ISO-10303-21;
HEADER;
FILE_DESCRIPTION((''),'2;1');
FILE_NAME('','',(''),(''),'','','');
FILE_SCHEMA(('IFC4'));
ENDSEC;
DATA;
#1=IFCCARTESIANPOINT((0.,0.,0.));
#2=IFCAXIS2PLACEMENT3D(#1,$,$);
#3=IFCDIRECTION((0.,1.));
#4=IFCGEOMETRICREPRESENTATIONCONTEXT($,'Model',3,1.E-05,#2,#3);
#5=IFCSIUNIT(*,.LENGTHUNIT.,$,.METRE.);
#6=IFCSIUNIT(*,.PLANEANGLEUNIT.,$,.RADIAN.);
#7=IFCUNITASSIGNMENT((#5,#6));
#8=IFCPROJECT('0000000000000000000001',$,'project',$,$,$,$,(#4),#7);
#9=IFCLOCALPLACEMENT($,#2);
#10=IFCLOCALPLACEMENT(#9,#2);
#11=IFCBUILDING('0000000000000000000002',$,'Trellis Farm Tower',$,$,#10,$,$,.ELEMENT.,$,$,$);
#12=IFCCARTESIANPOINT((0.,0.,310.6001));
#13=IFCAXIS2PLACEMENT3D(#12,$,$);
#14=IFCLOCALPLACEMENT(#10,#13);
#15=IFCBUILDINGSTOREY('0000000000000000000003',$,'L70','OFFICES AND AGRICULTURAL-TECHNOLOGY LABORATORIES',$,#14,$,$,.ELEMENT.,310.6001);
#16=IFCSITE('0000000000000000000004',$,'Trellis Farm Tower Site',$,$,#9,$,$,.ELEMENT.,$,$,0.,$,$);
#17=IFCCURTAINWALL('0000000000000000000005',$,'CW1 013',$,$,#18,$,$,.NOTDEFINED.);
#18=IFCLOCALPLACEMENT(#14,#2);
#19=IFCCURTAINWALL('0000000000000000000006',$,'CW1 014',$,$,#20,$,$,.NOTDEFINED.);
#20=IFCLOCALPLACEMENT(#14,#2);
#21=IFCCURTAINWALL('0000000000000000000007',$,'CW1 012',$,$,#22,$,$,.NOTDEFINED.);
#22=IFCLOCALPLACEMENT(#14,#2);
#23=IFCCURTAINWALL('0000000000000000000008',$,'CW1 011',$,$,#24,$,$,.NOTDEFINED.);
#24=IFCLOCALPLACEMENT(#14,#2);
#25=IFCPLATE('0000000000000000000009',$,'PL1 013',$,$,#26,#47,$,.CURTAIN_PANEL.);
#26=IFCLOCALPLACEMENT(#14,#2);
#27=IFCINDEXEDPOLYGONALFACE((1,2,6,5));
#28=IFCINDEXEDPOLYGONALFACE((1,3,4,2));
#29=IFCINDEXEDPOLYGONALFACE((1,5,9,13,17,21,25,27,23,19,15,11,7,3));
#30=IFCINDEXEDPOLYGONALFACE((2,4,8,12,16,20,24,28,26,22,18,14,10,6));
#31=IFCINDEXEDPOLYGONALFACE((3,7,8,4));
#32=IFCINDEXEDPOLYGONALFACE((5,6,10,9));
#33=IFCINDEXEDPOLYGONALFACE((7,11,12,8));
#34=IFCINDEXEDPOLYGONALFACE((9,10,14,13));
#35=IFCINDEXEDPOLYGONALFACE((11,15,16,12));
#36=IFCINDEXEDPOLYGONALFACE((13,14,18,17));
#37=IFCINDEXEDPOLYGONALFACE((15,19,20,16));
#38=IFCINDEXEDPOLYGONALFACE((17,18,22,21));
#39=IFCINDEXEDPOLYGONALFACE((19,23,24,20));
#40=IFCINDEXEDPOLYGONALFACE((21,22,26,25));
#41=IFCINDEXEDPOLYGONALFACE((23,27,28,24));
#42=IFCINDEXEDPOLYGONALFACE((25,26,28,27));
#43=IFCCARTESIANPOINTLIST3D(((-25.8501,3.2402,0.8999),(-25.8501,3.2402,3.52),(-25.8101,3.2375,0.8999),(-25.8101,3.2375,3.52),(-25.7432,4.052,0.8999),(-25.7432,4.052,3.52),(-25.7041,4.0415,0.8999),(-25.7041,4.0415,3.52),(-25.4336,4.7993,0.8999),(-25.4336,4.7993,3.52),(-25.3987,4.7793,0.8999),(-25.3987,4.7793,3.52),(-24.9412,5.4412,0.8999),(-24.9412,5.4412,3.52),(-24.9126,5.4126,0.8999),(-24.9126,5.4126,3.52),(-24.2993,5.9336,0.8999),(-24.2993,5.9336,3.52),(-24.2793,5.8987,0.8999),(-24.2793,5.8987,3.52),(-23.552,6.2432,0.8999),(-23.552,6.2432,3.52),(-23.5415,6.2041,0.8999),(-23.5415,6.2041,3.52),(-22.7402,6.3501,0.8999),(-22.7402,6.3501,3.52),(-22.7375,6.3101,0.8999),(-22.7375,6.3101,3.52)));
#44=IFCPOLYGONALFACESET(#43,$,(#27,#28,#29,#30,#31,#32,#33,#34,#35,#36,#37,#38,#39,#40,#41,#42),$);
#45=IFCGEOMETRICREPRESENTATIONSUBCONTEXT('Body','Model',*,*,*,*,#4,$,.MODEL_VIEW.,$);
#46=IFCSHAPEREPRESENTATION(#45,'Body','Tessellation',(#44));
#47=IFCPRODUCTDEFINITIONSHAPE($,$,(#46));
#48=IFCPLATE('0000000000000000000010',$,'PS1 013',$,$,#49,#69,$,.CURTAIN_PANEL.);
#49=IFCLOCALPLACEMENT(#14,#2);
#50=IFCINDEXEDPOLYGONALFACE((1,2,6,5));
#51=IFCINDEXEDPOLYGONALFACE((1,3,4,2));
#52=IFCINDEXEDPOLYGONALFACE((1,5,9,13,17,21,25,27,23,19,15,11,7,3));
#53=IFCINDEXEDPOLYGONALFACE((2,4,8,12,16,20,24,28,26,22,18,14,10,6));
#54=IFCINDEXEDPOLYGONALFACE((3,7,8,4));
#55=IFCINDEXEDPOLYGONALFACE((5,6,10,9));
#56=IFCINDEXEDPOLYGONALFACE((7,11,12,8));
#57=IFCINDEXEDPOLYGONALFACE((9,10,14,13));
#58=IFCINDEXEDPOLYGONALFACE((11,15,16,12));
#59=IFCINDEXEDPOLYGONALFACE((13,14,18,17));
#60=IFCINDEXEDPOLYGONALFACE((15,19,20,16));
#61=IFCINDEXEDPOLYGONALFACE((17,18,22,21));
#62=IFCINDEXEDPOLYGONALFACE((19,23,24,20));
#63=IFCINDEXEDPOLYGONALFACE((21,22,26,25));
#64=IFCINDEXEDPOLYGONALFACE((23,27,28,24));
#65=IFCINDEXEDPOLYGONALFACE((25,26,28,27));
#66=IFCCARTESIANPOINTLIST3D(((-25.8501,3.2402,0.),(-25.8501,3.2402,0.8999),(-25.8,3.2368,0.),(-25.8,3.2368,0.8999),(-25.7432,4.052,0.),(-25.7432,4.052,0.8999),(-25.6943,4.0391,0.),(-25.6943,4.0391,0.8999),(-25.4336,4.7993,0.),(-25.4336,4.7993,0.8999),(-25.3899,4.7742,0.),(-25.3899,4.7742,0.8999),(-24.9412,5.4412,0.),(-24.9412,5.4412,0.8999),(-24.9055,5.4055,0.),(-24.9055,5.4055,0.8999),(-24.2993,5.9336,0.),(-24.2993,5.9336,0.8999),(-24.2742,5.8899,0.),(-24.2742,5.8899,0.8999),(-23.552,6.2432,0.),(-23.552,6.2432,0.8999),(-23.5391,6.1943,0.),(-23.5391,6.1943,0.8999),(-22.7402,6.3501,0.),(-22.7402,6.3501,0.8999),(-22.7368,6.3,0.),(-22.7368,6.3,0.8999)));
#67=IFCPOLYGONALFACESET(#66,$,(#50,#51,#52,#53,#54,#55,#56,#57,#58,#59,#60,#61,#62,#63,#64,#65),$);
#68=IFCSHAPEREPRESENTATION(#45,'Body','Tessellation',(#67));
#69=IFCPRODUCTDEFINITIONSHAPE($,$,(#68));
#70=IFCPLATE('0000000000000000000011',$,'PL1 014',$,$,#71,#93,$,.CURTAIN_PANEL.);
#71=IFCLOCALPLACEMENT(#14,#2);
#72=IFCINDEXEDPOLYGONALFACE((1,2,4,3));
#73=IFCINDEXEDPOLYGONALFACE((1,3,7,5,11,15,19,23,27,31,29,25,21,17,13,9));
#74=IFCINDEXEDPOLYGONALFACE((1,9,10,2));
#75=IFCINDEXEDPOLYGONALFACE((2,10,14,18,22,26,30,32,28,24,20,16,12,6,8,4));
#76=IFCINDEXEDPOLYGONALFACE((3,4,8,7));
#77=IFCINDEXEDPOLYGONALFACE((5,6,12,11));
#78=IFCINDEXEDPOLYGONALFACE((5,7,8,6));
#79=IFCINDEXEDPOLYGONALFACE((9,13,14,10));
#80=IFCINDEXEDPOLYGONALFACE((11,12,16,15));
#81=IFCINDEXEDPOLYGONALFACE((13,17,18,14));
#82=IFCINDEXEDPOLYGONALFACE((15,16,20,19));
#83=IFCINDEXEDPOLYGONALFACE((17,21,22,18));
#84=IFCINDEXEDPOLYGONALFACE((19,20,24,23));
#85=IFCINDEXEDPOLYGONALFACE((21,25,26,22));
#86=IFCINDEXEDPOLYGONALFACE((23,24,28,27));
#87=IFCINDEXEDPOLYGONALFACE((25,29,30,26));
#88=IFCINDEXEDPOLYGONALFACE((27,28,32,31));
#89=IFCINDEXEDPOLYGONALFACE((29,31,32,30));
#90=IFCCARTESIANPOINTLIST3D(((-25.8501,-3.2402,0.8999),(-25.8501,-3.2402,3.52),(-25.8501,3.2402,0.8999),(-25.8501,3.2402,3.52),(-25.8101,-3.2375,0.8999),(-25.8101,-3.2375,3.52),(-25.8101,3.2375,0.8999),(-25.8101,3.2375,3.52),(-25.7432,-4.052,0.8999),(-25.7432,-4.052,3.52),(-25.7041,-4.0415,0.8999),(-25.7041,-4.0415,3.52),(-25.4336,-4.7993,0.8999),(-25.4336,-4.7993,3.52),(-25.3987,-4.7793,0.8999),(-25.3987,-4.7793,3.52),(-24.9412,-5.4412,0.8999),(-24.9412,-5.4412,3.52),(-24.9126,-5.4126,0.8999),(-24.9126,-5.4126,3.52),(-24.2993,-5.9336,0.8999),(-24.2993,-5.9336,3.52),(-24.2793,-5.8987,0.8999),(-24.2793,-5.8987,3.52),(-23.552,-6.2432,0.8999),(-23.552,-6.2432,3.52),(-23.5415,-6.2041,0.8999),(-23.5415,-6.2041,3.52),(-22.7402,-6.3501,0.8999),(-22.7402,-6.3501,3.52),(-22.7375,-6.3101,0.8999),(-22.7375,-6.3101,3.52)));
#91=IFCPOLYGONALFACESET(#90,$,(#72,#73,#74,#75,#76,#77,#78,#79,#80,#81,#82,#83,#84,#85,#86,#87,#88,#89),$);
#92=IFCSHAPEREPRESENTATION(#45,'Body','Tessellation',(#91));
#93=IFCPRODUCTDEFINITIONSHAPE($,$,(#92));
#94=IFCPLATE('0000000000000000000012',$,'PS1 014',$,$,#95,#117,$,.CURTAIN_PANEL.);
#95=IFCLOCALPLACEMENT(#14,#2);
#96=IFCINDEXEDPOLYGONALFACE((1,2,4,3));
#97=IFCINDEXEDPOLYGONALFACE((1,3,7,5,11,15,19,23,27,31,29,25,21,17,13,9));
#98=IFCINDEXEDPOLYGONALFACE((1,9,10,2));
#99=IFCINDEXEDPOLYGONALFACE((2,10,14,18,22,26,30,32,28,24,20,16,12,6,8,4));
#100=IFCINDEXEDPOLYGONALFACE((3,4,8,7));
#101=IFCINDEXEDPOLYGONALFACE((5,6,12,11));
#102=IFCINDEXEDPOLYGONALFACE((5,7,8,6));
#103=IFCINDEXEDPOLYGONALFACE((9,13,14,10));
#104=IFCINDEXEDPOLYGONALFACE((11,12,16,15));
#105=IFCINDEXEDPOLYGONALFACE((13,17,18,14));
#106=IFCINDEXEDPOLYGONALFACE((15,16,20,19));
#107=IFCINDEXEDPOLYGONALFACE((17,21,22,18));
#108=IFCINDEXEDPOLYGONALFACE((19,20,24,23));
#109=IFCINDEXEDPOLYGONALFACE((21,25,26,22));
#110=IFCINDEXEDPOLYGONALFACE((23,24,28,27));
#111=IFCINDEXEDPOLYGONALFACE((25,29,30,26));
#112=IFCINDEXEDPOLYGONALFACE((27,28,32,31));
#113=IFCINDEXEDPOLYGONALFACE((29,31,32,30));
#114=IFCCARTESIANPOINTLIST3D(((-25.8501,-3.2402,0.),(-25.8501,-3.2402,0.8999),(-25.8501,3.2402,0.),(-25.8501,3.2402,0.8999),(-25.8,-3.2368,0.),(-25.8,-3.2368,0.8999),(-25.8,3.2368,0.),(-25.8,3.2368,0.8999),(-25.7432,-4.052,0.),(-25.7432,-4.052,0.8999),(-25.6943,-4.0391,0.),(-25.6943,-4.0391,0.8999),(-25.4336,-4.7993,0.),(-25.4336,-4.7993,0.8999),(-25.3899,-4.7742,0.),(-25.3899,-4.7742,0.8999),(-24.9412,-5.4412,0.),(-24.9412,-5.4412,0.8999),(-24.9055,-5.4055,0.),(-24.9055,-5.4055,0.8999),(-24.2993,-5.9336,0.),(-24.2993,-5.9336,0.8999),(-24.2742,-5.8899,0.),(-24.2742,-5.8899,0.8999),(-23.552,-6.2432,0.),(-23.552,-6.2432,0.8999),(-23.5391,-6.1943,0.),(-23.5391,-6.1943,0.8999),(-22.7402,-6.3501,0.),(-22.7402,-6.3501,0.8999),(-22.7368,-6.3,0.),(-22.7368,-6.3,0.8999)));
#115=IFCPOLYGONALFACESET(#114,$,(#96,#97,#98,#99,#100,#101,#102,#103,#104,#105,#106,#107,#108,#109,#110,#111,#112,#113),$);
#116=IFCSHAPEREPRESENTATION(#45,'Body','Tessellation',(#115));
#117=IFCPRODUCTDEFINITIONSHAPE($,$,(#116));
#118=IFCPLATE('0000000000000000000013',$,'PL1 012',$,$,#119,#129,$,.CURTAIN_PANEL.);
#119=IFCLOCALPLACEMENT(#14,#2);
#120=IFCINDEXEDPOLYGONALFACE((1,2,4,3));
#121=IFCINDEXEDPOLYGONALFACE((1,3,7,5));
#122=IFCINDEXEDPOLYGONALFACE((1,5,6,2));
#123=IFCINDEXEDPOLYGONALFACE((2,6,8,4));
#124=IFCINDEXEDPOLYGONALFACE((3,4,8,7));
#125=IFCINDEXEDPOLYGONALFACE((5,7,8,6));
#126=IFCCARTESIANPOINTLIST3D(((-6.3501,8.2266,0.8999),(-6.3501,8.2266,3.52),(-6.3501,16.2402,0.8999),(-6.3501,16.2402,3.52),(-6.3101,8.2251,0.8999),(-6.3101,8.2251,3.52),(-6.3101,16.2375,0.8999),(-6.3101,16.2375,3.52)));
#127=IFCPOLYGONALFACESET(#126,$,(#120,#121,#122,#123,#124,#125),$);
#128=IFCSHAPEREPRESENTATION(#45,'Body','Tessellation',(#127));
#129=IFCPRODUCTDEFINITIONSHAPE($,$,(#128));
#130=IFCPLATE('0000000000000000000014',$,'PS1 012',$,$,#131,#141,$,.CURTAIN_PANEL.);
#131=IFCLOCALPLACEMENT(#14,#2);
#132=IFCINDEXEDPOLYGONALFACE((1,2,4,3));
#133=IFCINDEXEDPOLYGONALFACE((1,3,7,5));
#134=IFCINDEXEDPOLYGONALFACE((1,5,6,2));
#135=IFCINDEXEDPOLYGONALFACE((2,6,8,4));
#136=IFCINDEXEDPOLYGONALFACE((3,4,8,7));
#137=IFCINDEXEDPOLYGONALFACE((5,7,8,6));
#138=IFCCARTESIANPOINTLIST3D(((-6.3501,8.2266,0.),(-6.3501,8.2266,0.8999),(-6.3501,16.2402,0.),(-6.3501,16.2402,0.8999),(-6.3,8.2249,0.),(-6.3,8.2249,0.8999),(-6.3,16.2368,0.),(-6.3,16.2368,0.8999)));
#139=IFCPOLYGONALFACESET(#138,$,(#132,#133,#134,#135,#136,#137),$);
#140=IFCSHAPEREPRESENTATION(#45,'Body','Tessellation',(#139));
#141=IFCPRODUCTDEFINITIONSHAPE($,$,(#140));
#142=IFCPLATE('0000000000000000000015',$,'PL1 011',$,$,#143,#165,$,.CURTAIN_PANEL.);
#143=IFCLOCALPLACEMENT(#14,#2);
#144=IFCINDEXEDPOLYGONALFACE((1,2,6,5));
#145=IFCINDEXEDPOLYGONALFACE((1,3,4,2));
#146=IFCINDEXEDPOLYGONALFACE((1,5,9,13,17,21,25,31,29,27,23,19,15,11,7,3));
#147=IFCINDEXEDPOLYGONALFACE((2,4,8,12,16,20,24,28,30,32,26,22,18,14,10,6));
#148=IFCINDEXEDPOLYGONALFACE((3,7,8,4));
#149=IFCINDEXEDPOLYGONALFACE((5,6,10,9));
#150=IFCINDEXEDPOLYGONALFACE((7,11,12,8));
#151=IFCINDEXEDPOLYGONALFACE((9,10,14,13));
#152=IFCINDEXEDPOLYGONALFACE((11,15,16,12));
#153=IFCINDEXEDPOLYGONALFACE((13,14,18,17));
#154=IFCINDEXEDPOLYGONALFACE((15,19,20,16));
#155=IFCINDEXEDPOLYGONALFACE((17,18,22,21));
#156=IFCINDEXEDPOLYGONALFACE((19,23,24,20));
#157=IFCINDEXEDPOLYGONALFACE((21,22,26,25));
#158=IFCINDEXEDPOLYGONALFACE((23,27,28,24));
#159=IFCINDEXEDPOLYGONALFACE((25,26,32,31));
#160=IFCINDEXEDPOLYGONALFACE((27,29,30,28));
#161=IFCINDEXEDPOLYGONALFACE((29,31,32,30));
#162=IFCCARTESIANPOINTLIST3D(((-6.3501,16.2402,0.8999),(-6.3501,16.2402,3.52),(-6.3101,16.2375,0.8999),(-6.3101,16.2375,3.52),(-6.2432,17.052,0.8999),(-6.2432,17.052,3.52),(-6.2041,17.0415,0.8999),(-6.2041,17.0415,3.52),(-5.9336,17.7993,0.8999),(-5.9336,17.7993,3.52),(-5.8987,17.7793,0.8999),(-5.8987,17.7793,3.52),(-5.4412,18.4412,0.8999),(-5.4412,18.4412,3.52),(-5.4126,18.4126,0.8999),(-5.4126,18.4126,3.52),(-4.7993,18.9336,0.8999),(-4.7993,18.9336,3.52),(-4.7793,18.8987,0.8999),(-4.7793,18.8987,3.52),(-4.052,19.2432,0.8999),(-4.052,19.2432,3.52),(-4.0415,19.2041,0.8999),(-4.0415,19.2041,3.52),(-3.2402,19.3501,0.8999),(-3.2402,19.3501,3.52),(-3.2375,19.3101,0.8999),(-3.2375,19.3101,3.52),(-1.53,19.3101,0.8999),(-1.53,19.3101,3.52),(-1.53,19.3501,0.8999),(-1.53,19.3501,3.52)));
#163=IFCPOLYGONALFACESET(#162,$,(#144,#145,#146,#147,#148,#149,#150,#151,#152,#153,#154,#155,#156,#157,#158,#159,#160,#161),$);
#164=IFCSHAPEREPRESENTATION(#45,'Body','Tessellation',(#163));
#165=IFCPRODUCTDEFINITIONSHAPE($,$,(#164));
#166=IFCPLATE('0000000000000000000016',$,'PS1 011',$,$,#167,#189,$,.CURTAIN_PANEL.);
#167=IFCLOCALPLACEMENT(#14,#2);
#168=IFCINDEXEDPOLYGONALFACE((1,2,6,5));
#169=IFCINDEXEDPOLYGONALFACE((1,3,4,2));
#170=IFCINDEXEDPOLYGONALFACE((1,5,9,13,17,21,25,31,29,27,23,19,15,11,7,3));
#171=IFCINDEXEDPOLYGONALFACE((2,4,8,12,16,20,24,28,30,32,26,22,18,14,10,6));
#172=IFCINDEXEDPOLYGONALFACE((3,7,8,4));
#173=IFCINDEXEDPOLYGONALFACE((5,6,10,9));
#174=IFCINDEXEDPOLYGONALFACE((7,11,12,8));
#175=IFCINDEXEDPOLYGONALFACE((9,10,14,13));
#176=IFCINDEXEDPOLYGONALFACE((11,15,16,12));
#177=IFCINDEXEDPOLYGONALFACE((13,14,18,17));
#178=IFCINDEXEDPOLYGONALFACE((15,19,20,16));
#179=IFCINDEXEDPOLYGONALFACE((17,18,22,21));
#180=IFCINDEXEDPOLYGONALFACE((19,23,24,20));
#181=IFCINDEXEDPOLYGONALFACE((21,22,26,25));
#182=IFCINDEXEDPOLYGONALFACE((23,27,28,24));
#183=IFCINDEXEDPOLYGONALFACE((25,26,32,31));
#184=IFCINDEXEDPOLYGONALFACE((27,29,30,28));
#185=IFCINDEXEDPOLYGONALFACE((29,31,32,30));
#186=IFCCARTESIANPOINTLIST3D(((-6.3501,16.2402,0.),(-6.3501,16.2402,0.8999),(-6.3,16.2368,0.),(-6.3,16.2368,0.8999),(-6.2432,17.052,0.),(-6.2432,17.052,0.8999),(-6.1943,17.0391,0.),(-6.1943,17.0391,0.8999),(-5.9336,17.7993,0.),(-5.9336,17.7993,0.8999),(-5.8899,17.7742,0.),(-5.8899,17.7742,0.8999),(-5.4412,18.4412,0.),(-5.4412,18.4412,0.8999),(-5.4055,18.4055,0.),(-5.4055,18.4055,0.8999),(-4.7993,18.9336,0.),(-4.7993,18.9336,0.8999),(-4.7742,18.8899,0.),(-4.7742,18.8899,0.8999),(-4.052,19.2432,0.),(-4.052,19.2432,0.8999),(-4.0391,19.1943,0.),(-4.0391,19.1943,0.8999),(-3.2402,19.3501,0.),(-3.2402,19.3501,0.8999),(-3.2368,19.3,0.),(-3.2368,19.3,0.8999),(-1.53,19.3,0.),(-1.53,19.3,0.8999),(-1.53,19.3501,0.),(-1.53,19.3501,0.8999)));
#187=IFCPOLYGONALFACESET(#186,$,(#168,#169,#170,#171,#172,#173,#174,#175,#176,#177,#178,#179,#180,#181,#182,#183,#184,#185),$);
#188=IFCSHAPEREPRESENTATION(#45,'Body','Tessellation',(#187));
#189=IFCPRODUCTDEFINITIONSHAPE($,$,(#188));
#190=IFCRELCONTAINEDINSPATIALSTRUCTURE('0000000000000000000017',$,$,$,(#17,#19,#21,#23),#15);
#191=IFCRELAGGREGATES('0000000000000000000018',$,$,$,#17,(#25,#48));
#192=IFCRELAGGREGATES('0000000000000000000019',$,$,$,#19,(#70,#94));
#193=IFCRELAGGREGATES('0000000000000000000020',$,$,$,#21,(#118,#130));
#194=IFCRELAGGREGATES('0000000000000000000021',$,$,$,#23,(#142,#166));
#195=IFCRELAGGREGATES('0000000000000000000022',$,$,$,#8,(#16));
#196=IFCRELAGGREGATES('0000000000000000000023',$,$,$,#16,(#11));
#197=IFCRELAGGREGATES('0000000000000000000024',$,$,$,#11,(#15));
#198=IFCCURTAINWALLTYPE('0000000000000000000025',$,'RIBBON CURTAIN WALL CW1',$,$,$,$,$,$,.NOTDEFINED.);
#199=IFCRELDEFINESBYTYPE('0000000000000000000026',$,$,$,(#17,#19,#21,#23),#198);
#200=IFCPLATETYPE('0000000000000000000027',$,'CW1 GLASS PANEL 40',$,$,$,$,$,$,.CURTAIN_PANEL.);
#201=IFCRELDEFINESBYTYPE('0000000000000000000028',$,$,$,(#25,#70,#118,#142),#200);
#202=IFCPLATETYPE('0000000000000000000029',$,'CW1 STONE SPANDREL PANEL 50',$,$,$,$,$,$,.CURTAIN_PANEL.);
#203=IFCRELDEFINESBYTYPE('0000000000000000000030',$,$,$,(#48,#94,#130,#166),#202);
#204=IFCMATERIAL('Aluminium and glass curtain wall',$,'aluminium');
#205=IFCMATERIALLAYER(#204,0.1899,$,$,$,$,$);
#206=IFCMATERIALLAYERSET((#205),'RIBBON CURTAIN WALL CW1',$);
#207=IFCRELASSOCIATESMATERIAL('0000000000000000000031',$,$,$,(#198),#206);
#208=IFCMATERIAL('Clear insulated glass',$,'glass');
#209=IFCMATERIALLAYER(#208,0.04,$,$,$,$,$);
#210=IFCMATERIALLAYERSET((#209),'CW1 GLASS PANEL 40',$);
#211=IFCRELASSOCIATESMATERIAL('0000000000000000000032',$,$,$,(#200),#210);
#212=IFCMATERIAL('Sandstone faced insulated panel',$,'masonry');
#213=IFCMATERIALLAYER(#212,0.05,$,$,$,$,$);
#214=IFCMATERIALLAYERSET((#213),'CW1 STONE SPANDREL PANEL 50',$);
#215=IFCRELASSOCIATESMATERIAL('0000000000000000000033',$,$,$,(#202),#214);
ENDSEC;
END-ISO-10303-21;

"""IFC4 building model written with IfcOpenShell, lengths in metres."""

from ifc_helpers import new_model, si_unit, direction, frame, origin, place, context, subcontext, project, spatial, polyline, outline, extrude, source, transform, mapped, material, layer, layer_set, type_object, element, aggregate, save


model = new_model("IFC4")

# Units and contexts
model_context = context("Model", 3, precision=1e-05, world=origin(), true_north=direction((0.0, 1.0)))
body_context = subcontext(model_context, "Body", "Model", "MODEL_VIEW")
ifc_project = project(units=[si_unit("LENGTHUNIT", "METRE"), si_unit("PLANEANGLEUNIT", "RADIAN")], contexts=[model_context])

# Site, building, storey
site_placement = place(None, origin())
site = spatial("IfcSite", under=ifc_project, at=site_placement, Name="Trellis Farm Tower Site", CompositionType="ELEMENT", RefElevation=0.0)
building_placement = place(site_placement, origin())
building = spatial("IfcBuilding", under=site, at=building_placement, Name="Trellis Farm Tower", CompositionType="ELEMENT")
storey_placement = place(building_placement, frame((0.0, 0.0, 310.6001)))
storey = spatial("IfcBuildingStorey", under=building, at=storey_placement, Name="L70", Description="OFFICES AND AGRICULTURAL-TECHNOLOGY LABORATORIES", CompositionType="ELEMENT", Elevation=310.6001)

# Curtain walls
ifc_material_1 = material(Name="Aluminium and glass curtain wall", Category="aluminium")
placement_1 = place(storey_placement, origin())
ifc_layer_1 = layer(ifc_material_1, 0.1899)
ifc_layer_set_1 = layer_set([ifc_layer_1], Name="RIBBON CURTAIN WALL CW1")
curtain_wall_type_1 = type_object("IfcCurtainWallType", Name="RIBBON CURTAIN WALL CW1", PredefinedType="NOTDEFINED", material=ifc_layer_set_1)
curtain_wall_1 = element("IfcCurtainWall", 1, at=placement_1, inside=storey, type_object=curtain_wall_type_1, Name="CW1 013", PredefinedType="NOTDEFINED")
curtain_wall_2 = element("IfcCurtainWall", 2, at=placement_1, inside=storey, type_object=curtain_wall_type_1, Name="CW1 014", PredefinedType="NOTDEFINED")
curtain_wall_3 = element("IfcCurtainWall", 3, at=placement_1, inside=storey, type_object=curtain_wall_type_1, Name="CW1 012", PredefinedType="NOTDEFINED")
curtain_wall_4 = element("IfcCurtainWall", 4, at=placement_1, inside=storey, type_object=curtain_wall_type_1, Name="CW1 011", PredefinedType="NOTDEFINED")

# Plates
ifc_material_2 = material(Name="Clear insulated glass", Category="glass")
ifc_layer_2 = layer(ifc_material_2, 0.04)
ifc_layer_set_2 = layer_set([ifc_layer_2], Name="CW1 GLASS PANEL 40")
plate_type_1 = type_object("IfcPlateType", Name="CW1 GLASS PANEL 40", PredefinedType="CURTAIN_PANEL", material=ifc_layer_set_2)
shared_shape_1 = source(origin(), body_context, "Body", "SweptSolid", [
    extrude(outline(polyline([(-22.7402, 6.3501), (-23.552, 6.2432), (-24.2993, 5.9336), (-24.9412, 5.4412), (-25.4336, 4.7993), (-25.7432, 4.052), (-25.8501, 3.2402), (-25.8101, 3.2375), (-25.7041, 4.0415), (-25.3987, 4.7793), (-24.9126, 5.4126), (-24.2793, 5.8987), (-23.5415, 6.2041), (-22.7375, 6.3101), (-22.7402, 6.3501)])), origin(), (0.0, 0.0, 1.0), 2.6201),
])
placement_2 = place(storey_placement, frame((0.0, 0.0, 0.8999)))
plate_1 = element("IfcPlate", 5, at=placement_2, type_object=plate_type_1, Name="PL1 013", PredefinedType="CURTAIN_PANEL", context=body_context, shape_type="MappedRepresentation", body=[
    mapped(shared_shape_1, transform((0.0, 0.0, 0.0))),
])
ifc_material_3 = material(Name="Sandstone faced insulated panel", Category="masonry")
ifc_layer_3 = layer(ifc_material_3, 0.05)
ifc_layer_set_3 = layer_set([ifc_layer_3], Name="CW1 STONE SPANDREL PANEL 50")
plate_type_2 = type_object("IfcPlateType", Name="CW1 STONE SPANDREL PANEL 50", PredefinedType="CURTAIN_PANEL", material=ifc_layer_set_3)
shared_shape_2 = source(origin(), body_context, "Body", "SweptSolid", [
    extrude(outline(polyline([(-22.7402, 6.3501), (-23.552, 6.2432), (-24.2993, 5.9336), (-24.9412, 5.4412), (-25.4336, 4.7993), (-25.7432, 4.052), (-25.8501, 3.2402), (-25.8, 3.2368), (-25.6943, 4.0391), (-25.3899, 4.7742), (-24.9055, 5.4055), (-24.2742, 5.8899), (-23.5391, 6.1943), (-22.7368, 6.3), (-22.7402, 6.3501)])), origin(), (0.0, 0.0, 1.0), 0.8999),
])
plate_2 = element("IfcPlate", 6, at=placement_1, type_object=plate_type_2, Name="PS1 013", PredefinedType="CURTAIN_PANEL", context=body_context, shape_type="MappedRepresentation", body=[
    mapped(shared_shape_2, transform((0.0, 0.0, 0.0))),
])
aggregate(curtain_wall_1, [plate_1, plate_2])
shared_shape_3 = source(origin(), body_context, "Body", "SweptSolid", [
    extrude(outline(polyline([(-25.8501, 3.2402), (-25.8501, -3.2402), (-25.7432, -4.052), (-25.4336, -4.7993), (-24.9412, -5.4412), (-24.2993, -5.9336), (-23.552, -6.2432), (-22.7402, -6.3501), (-22.7375, -6.3101), (-23.5415, -6.2041), (-24.2793, -5.8987), (-24.9126, -5.4126), (-25.3987, -4.7793), (-25.7041, -4.0415), (-25.8101, -3.2375), (-25.8101, 3.2375), (-25.8501, 3.2402)])), origin(), (0.0, 0.0, 1.0), 2.6201),
])
plate_3 = element("IfcPlate", 7, at=placement_2, type_object=plate_type_1, Name="PL1 014", PredefinedType="CURTAIN_PANEL", context=body_context, shape_type="MappedRepresentation", body=[
    mapped(shared_shape_3, transform((0.0, 0.0, 0.0))),
])
shared_shape_4 = source(origin(), body_context, "Body", "SweptSolid", [
    extrude(outline(polyline([(-25.8501, 3.2402), (-25.8501, -3.2402), (-25.7432, -4.052), (-25.4336, -4.7993), (-24.9412, -5.4412), (-24.2993, -5.9336), (-23.552, -6.2432), (-22.7402, -6.3501), (-22.7368, -6.3), (-23.5391, -6.1943), (-24.2742, -5.8899), (-24.9055, -5.4055), (-25.3899, -4.7742), (-25.6943, -4.0391), (-25.8, -3.2368), (-25.8, 3.2368), (-25.8501, 3.2402)])), origin(), (0.0, 0.0, 1.0), 0.8999),
])
plate_4 = element("IfcPlate", 8, at=placement_1, type_object=plate_type_2, Name="PS1 014", PredefinedType="CURTAIN_PANEL", context=body_context, shape_type="MappedRepresentation", body=[
    mapped(shared_shape_4, transform((0.0, 0.0, 0.0))),
])
aggregate(curtain_wall_2, [plate_3, plate_4])
shared_shape_5 = source(origin(), body_context, "Body", "SweptSolid", [
    extrude(outline(polyline([(-6.3501, 16.2402), (-6.3501, 8.2266), (-6.3101, 8.2251), (-6.3101, 16.2375), (-6.3501, 16.2402)])), origin(), (0.0, 0.0, 1.0), 2.6201),
])
plate_5 = element("IfcPlate", 9, at=placement_2, type_object=plate_type_1, Name="PL1 012", PredefinedType="CURTAIN_PANEL", context=body_context, shape_type="MappedRepresentation", body=[
    mapped(shared_shape_5, transform((0.0, 0.0, 0.0))),
])
shared_shape_6 = source(origin(), body_context, "Body", "SweptSolid", [
    extrude(outline(polyline([(-6.3501, 16.2402), (-6.3501, 8.2266), (-6.3, 8.2249), (-6.3, 16.2368), (-6.3501, 16.2402)])), origin(), (0.0, 0.0, 1.0), 0.8999),
])
plate_6 = element("IfcPlate", 10, at=placement_1, type_object=plate_type_2, Name="PS1 012", PredefinedType="CURTAIN_PANEL", context=body_context, shape_type="MappedRepresentation", body=[
    mapped(shared_shape_6, transform((0.0, 0.0, 0.0))),
])
aggregate(curtain_wall_3, [plate_5, plate_6])
shared_shape_7 = source(origin(), body_context, "Body", "SweptSolid", [
    extrude(outline(polyline([(-1.53, 19.3501), (-3.2402, 19.3501), (-4.052, 19.2432), (-4.7993, 18.9336), (-5.4412, 18.4412), (-5.9336, 17.7993), (-6.2432, 17.052), (-6.3501, 16.2402), (-6.3101, 16.2375), (-6.2041, 17.0415), (-5.8987, 17.7793), (-5.4126, 18.4126), (-4.7793, 18.8987), (-4.0415, 19.2041), (-3.2375, 19.3101), (-1.53, 19.3101), (-1.53, 19.3501)])), origin(), (0.0, 0.0, 1.0), 2.6201),
])
plate_7 = element("IfcPlate", 11, at=placement_2, type_object=plate_type_1, Name="PL1 011", PredefinedType="CURTAIN_PANEL", context=body_context, shape_type="MappedRepresentation", body=[
    mapped(shared_shape_7, transform((0.0, 0.0, 0.0))),
])
shared_shape_8 = source(origin(), body_context, "Body", "SweptSolid", [
    extrude(outline(polyline([(-1.53, 19.3501), (-3.2402, 19.3501), (-4.052, 19.2432), (-4.7993, 18.9336), (-5.4412, 18.4412), (-5.9336, 17.7993), (-6.2432, 17.052), (-6.3501, 16.2402), (-6.3, 16.2368), (-6.1943, 17.0391), (-5.8899, 17.7742), (-5.4055, 18.4055), (-4.7742, 18.8899), (-4.0391, 19.1943), (-3.2368, 19.3), (-1.53, 19.3), (-1.53, 19.3501)])), origin(), (0.0, 0.0, 1.0), 0.8999),
])
plate_8 = element("IfcPlate", 12, at=placement_1, type_object=plate_type_2, Name="PS1 011", PredefinedType="CURTAIN_PANEL", context=body_context, shape_type="MappedRepresentation", body=[
    mapped(shared_shape_8, transform((0.0, 0.0, 0.0))),
])
aggregate(curtain_wall_4, [plate_7, plate_8])

save(model, "model.ifc")
